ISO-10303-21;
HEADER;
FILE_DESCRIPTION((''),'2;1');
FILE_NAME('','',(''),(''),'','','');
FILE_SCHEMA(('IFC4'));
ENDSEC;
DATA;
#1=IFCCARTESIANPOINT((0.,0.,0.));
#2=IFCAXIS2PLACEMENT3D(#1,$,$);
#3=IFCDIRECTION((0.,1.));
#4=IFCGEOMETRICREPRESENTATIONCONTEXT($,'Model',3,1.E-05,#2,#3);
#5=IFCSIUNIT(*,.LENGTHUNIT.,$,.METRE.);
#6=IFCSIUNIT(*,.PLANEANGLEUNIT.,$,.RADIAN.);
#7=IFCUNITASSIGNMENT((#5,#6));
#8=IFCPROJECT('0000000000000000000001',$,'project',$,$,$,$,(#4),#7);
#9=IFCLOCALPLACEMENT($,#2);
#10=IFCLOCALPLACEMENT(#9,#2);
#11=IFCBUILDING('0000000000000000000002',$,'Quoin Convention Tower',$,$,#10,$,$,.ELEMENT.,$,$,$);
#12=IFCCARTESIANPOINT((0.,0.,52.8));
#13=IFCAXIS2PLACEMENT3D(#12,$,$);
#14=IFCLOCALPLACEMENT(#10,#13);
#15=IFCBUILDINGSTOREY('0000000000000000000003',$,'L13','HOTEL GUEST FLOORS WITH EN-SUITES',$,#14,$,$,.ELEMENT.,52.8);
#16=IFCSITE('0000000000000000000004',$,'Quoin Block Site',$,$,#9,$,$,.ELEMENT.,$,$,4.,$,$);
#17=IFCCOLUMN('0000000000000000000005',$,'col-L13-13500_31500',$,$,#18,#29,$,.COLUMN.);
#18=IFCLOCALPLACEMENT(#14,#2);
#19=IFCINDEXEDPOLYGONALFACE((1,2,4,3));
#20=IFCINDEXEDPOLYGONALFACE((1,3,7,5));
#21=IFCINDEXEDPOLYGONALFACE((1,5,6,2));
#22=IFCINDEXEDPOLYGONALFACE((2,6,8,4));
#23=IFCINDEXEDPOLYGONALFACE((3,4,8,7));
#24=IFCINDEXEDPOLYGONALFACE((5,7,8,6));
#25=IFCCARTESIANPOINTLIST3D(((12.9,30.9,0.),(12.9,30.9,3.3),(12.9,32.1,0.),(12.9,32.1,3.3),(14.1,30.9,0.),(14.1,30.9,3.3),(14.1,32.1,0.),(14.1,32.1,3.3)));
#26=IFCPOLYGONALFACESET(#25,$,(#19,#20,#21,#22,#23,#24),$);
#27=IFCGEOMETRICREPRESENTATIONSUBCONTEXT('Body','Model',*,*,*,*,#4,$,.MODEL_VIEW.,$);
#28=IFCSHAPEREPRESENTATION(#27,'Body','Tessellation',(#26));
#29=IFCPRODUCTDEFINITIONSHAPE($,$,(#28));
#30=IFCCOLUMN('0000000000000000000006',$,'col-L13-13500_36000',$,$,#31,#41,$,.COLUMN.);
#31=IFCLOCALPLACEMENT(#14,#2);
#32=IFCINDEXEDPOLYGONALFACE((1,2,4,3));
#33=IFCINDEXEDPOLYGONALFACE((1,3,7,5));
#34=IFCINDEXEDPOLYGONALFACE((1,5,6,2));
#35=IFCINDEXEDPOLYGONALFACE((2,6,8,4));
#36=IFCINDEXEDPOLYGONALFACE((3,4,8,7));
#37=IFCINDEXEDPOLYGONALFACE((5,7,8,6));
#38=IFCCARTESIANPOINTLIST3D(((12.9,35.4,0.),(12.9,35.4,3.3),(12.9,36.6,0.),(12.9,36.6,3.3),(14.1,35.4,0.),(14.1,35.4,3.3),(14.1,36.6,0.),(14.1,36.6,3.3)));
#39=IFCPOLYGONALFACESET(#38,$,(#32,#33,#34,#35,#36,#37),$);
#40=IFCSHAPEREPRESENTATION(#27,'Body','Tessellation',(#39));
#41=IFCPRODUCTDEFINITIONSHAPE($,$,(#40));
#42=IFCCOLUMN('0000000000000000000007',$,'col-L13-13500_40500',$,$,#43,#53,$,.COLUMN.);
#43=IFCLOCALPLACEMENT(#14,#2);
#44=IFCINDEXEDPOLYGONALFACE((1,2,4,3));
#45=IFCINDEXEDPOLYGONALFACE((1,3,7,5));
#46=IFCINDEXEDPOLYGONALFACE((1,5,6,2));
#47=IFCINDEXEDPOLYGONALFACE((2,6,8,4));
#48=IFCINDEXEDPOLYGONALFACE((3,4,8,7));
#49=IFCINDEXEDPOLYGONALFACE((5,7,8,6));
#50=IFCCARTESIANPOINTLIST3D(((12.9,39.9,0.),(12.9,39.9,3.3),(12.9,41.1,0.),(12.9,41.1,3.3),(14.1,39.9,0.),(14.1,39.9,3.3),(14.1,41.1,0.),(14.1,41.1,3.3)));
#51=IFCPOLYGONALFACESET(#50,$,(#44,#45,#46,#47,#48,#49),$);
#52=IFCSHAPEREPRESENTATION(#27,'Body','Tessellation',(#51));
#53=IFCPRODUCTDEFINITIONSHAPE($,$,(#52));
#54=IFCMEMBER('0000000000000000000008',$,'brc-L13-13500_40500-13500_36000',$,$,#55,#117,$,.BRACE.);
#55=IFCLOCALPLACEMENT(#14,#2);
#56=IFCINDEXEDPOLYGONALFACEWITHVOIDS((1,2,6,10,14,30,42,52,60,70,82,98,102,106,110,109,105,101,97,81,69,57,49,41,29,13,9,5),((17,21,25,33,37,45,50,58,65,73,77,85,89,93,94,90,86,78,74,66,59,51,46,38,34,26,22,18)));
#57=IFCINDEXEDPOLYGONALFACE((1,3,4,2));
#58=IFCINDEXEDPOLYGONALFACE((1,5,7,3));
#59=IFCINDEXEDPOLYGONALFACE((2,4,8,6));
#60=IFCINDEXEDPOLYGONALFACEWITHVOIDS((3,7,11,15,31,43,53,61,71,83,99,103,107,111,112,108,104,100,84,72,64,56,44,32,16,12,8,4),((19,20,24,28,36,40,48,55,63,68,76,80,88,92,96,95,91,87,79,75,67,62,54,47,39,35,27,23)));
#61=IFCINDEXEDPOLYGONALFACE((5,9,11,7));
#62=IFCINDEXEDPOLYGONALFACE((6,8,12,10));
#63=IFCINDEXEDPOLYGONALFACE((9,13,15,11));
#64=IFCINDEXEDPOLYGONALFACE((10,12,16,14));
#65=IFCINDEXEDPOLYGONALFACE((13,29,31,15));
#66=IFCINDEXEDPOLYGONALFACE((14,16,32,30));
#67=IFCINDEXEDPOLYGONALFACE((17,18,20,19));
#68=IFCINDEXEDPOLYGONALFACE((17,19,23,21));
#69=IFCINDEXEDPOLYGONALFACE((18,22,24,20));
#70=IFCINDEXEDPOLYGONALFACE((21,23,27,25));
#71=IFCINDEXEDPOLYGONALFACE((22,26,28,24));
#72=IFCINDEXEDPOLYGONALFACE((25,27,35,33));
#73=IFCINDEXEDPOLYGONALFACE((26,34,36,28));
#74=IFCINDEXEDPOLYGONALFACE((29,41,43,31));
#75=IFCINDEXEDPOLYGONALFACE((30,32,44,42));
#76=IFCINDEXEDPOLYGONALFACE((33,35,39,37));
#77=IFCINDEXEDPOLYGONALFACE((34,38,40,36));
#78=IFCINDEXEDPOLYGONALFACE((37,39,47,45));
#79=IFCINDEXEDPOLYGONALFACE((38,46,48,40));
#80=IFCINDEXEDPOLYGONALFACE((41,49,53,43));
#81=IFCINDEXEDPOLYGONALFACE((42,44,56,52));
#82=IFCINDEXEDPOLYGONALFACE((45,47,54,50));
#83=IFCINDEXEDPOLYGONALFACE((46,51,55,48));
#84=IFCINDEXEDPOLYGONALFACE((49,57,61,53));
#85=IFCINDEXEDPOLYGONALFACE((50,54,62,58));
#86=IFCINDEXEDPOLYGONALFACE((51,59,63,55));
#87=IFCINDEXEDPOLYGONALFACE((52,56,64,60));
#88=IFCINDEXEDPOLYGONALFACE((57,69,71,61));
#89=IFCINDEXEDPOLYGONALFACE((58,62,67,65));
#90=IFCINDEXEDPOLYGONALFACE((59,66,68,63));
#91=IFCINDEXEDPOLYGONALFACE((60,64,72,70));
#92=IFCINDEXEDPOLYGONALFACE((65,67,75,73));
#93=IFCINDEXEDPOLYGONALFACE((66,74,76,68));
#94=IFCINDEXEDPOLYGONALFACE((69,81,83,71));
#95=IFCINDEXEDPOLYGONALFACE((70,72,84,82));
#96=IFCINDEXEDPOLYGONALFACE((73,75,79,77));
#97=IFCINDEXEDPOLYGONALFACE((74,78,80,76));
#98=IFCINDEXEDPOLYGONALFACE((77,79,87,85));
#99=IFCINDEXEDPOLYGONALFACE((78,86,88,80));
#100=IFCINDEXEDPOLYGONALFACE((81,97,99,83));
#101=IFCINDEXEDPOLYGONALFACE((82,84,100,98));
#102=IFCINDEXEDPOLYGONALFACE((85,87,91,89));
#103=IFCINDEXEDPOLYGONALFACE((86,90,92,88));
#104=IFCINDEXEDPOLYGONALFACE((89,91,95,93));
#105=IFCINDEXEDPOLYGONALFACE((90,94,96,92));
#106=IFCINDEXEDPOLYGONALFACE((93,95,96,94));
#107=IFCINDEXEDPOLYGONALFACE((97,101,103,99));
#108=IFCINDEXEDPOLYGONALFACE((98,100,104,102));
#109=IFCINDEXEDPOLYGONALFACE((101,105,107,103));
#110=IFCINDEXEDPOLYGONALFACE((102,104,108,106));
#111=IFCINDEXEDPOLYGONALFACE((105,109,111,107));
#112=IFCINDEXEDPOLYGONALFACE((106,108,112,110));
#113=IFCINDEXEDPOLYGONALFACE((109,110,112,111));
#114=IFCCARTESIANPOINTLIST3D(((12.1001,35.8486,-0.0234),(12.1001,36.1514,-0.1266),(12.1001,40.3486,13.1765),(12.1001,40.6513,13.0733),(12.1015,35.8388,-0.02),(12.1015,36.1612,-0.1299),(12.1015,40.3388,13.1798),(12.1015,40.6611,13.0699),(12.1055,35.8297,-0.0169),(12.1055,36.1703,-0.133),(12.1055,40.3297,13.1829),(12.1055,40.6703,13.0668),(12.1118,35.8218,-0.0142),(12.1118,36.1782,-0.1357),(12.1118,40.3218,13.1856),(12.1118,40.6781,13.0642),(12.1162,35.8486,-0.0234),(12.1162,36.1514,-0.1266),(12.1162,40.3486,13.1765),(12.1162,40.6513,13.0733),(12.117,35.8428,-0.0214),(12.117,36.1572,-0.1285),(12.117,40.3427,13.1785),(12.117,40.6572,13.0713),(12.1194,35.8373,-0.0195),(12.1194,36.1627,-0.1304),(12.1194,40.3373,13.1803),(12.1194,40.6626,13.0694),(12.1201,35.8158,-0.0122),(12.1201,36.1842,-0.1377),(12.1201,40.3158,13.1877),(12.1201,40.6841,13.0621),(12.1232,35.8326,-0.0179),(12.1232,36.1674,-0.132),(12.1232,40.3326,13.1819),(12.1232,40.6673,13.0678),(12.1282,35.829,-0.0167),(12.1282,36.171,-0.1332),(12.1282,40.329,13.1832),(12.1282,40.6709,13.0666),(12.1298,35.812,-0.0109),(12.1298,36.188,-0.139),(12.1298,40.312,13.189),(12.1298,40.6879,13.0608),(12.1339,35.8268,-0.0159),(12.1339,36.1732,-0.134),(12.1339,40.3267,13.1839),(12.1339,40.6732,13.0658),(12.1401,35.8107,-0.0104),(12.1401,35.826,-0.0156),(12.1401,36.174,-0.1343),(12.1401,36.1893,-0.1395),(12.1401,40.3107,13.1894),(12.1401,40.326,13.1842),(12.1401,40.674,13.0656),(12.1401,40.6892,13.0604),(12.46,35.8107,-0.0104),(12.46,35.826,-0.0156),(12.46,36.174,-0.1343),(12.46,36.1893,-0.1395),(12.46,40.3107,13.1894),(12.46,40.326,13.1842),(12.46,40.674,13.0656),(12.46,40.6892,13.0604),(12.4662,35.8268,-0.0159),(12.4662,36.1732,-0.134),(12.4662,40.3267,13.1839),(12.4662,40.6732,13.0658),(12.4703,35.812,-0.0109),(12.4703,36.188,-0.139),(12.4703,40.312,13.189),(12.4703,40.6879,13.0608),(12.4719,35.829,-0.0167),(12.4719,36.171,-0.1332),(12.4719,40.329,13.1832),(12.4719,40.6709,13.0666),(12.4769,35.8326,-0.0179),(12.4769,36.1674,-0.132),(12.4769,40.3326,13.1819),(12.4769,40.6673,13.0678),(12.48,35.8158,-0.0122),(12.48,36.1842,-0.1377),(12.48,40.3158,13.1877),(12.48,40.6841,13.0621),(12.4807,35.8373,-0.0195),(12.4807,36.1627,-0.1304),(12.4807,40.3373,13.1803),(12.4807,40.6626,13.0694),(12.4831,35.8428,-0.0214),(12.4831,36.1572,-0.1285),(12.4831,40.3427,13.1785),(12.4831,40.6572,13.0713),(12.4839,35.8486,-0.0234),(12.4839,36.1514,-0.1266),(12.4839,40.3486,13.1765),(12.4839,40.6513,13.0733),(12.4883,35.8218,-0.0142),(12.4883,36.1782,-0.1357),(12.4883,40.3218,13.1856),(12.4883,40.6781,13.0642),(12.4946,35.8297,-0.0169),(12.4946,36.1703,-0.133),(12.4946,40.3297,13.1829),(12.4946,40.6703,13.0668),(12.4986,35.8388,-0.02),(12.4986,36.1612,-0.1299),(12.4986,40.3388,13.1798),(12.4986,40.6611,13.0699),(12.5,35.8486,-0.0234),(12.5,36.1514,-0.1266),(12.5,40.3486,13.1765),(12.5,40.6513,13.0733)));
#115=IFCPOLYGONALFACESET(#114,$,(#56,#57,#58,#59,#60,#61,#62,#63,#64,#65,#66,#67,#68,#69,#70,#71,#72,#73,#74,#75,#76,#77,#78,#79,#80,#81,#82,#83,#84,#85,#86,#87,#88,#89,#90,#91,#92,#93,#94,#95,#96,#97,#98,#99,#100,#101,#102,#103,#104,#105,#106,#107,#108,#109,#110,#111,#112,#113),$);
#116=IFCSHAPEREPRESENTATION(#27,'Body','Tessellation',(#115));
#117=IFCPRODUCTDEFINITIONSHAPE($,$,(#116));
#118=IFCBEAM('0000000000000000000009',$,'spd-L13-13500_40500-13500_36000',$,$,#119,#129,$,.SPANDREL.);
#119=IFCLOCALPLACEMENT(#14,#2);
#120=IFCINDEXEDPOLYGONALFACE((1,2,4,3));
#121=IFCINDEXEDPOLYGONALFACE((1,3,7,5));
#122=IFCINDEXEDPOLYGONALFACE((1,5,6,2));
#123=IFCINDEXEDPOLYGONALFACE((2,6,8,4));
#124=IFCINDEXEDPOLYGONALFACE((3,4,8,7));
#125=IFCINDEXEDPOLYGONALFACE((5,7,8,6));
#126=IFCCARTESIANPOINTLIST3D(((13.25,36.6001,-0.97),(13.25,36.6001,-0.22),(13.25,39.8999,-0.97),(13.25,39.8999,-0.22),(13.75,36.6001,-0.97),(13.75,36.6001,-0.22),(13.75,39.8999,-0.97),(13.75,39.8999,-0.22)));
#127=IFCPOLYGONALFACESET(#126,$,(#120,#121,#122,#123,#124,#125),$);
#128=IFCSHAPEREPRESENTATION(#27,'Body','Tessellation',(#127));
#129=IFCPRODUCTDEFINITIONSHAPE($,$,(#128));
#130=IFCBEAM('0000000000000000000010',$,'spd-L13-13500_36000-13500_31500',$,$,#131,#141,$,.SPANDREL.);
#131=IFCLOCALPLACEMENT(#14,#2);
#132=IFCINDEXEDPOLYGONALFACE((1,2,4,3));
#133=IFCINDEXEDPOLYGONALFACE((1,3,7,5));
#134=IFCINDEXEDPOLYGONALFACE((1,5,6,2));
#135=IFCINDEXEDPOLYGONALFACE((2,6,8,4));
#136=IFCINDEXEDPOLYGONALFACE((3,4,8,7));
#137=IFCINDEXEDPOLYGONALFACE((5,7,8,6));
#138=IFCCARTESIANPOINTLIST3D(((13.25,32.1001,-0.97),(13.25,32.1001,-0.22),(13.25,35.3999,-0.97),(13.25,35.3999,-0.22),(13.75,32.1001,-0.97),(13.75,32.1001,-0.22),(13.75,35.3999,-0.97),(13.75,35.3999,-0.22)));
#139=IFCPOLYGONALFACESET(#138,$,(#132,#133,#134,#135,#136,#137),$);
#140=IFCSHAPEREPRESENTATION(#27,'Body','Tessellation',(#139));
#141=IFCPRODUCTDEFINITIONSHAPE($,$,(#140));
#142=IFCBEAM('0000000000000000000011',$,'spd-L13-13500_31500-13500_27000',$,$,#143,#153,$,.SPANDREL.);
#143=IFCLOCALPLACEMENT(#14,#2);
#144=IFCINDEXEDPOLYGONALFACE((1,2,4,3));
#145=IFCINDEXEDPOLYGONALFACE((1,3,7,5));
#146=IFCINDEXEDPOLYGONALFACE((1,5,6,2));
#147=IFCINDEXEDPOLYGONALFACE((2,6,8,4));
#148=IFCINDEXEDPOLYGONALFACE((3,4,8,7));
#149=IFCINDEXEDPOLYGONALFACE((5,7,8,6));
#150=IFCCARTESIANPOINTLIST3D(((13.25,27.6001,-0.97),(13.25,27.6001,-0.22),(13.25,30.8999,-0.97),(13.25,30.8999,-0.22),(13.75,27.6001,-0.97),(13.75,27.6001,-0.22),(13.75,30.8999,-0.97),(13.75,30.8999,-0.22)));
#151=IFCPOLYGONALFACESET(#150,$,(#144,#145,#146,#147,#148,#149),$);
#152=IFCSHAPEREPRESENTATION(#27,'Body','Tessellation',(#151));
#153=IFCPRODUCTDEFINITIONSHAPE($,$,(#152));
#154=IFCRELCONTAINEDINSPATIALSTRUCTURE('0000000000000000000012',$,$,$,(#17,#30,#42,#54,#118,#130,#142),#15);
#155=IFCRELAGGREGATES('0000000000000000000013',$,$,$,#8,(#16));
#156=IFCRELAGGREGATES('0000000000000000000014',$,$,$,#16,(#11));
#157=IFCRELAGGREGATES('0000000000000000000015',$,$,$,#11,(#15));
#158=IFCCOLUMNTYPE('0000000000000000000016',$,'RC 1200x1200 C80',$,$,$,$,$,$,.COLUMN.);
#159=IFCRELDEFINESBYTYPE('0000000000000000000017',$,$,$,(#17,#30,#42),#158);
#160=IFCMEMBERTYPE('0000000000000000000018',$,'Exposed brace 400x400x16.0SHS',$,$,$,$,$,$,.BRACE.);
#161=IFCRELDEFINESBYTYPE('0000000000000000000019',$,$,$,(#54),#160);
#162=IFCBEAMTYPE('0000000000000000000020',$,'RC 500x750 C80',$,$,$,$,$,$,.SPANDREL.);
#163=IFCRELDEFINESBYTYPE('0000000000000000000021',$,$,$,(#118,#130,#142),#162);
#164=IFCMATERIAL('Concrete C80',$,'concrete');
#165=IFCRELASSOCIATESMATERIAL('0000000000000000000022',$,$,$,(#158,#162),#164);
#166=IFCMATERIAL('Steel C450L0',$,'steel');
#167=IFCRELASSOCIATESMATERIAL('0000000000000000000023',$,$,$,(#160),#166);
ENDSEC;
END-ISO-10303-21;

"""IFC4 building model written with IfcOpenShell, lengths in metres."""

from ifc_helpers import new_model, si_unit, direction, frame, origin, origin_2d, place, context, subcontext, project, spatial, rectangle, hollow_rectangle, extrude, material, material_profile, profile_set, type_object, element, save


model = new_model("IFC4")

# Units and contexts
model_context = context("Model", 3, precision=1e-05, world=origin(), true_north=direction((0.0, 1.0)))
body_context = subcontext(model_context, "Body", "Model", "MODEL_VIEW")
ifc_project = project(units=[si_unit("LENGTHUNIT", "METRE"), si_unit("PLANEANGLEUNIT", "RADIAN")], contexts=[model_context])

# Site, building, storey
site_placement = place(None, origin())
site = spatial("IfcSite", under=ifc_project, at=site_placement, Name="Quoin Block Site", CompositionType="ELEMENT", RefElevation=4.0)
building_placement = place(site_placement, origin())
building = spatial("IfcBuilding", under=site, at=building_placement, Name="Quoin Convention Tower", CompositionType="ELEMENT")
storey_placement = place(building_placement, frame((0.0, 0.0, 52.8)))
storey = spatial("IfcBuildingStorey", under=building, at=storey_placement, Name="L13", Description="HOTEL GUEST FLOORS WITH EN-SUITES", CompositionType="ELEMENT", Elevation=52.8)

# Columns
ifc_material_1 = material(Name="Concrete C80", Category="concrete")
ifc_material_profile_1 = material_profile(ifc_material_1, rectangle(XDim=1.2, YDim=1.2, at=origin_2d()), Name="RC 1200x1200")
ifc_profile_set_1 = profile_set([ifc_material_profile_1], Name="Concrete C80")
column_type = type_object("IfcColumnType", Name="RC 1200x1200 C80", PredefinedType="COLUMN", material=ifc_profile_set_1)
for number, where, z_axis, x_axis, name in (
    (1, (13.5, 31.5, 0.0), (0.0, 0.0, 1.0), (1.0, 0.0, 0.0), "col-L13-13500_31500"),
    (2, (13.5, 36.0, 0.0), (0.0, 0.0, 1.0), (1.0, 0.0, 0.0), "col-L13-13500_36000"),
    (3, (13.5, 40.5, 0.0), (0.0, 0.0, 1.0), (1.0, 0.0, 0.0), "col-L13-13500_40500"),
):
    element("IfcColumn", number, at=place(storey_placement, frame(where, z_axis=z_axis, x_axis=x_axis)), inside=storey, type_object=column_type, Name=name, PredefinedType="COLUMN", context=body_context, shape_type="SweptSolid", body=[
        extrude(rectangle(XDim=1.2, YDim=1.2, at=origin_2d()), origin(), (0.0, 0.0, 1.0), 3.3),
    ])

# Member
ifc_material_2 = material(Name="Steel C450L0", Category="steel")
ifc_material_profile_2 = material_profile(ifc_material_2, hollow_rectangle(XDim=0.3999, YDim=0.3999, WallThickness=0.0161, InnerFilletRadius=0.0239, OuterFilletRadius=0.04, at=origin_2d()), Name="400x400x16.0SHS")
ifc_profile_set_2 = profile_set([ifc_material_profile_2], Name="Steel C450L0")
member_type = type_object("IfcMemberType", Name="Exposed brace 400x400x16.0SHS", PredefinedType="BRACE", material=ifc_profile_set_2)
member_placement = place(storey_placement, frame((12.3, 36.0, -0.075), z_axis=(0.0, 0.322675, 0.94651), x_axis=(-1.0, 0.0, 0.0)))
element("IfcMember", 4, at=member_placement, inside=storey, type_object=member_type, Name="brc-L13-13500_40500-13500_36000", PredefinedType="BRACE", context=body_context, shape_type="SweptSolid", body=[
    extrude(hollow_rectangle(XDim=0.3999, YDim=0.3999, WallThickness=0.0161, InnerFilletRadius=0.0239, OuterFilletRadius=0.04, at=origin_2d()), origin(), (0.0, 0.0, 1.0), 13.9458),
])

# Beams
ifc_material_profile_3 = material_profile(ifc_material_1, rectangle(XDim=0.5, YDim=0.75, at=origin_2d()), Name="RC 500x750")
ifc_profile_set_3 = profile_set([ifc_material_profile_3], Name="Concrete C80")
beam_type = type_object("IfcBeamType", Name="RC 500x750 C80", PredefinedType="SPANDREL", material=ifc_profile_set_3)
for number, where, z_axis, x_axis, name in (
    (5, (13.5, 39.8999, -0.595), (0.0, -1.0, 0.0), (1.0, 0.0, 0.0), "spd-L13-13500_40500-13500_36000"),
    (6, (13.5, 35.3999, -0.595), (0.0, -1.0, 0.0), (1.0, 0.0, 0.0), "spd-L13-13500_36000-13500_31500"),
    (7, (13.5, 30.8999, -0.595), (0.0, -1.0, 0.0), (1.0, 0.0, 0.0), "spd-L13-13500_31500-13500_27000"),
):
    element("IfcBeam", number, at=place(storey_placement, frame(where, z_axis=z_axis, x_axis=x_axis)), inside=storey, type_object=beam_type, Name=name, PredefinedType="SPANDREL", context=body_context, shape_type="SweptSolid", body=[
        extrude(rectangle(XDim=0.5, YDim=0.75, at=origin_2d()), origin(), (0.0, 0.0, 1.0), 3.2998),
    ])

save(model, "model.ifc")
